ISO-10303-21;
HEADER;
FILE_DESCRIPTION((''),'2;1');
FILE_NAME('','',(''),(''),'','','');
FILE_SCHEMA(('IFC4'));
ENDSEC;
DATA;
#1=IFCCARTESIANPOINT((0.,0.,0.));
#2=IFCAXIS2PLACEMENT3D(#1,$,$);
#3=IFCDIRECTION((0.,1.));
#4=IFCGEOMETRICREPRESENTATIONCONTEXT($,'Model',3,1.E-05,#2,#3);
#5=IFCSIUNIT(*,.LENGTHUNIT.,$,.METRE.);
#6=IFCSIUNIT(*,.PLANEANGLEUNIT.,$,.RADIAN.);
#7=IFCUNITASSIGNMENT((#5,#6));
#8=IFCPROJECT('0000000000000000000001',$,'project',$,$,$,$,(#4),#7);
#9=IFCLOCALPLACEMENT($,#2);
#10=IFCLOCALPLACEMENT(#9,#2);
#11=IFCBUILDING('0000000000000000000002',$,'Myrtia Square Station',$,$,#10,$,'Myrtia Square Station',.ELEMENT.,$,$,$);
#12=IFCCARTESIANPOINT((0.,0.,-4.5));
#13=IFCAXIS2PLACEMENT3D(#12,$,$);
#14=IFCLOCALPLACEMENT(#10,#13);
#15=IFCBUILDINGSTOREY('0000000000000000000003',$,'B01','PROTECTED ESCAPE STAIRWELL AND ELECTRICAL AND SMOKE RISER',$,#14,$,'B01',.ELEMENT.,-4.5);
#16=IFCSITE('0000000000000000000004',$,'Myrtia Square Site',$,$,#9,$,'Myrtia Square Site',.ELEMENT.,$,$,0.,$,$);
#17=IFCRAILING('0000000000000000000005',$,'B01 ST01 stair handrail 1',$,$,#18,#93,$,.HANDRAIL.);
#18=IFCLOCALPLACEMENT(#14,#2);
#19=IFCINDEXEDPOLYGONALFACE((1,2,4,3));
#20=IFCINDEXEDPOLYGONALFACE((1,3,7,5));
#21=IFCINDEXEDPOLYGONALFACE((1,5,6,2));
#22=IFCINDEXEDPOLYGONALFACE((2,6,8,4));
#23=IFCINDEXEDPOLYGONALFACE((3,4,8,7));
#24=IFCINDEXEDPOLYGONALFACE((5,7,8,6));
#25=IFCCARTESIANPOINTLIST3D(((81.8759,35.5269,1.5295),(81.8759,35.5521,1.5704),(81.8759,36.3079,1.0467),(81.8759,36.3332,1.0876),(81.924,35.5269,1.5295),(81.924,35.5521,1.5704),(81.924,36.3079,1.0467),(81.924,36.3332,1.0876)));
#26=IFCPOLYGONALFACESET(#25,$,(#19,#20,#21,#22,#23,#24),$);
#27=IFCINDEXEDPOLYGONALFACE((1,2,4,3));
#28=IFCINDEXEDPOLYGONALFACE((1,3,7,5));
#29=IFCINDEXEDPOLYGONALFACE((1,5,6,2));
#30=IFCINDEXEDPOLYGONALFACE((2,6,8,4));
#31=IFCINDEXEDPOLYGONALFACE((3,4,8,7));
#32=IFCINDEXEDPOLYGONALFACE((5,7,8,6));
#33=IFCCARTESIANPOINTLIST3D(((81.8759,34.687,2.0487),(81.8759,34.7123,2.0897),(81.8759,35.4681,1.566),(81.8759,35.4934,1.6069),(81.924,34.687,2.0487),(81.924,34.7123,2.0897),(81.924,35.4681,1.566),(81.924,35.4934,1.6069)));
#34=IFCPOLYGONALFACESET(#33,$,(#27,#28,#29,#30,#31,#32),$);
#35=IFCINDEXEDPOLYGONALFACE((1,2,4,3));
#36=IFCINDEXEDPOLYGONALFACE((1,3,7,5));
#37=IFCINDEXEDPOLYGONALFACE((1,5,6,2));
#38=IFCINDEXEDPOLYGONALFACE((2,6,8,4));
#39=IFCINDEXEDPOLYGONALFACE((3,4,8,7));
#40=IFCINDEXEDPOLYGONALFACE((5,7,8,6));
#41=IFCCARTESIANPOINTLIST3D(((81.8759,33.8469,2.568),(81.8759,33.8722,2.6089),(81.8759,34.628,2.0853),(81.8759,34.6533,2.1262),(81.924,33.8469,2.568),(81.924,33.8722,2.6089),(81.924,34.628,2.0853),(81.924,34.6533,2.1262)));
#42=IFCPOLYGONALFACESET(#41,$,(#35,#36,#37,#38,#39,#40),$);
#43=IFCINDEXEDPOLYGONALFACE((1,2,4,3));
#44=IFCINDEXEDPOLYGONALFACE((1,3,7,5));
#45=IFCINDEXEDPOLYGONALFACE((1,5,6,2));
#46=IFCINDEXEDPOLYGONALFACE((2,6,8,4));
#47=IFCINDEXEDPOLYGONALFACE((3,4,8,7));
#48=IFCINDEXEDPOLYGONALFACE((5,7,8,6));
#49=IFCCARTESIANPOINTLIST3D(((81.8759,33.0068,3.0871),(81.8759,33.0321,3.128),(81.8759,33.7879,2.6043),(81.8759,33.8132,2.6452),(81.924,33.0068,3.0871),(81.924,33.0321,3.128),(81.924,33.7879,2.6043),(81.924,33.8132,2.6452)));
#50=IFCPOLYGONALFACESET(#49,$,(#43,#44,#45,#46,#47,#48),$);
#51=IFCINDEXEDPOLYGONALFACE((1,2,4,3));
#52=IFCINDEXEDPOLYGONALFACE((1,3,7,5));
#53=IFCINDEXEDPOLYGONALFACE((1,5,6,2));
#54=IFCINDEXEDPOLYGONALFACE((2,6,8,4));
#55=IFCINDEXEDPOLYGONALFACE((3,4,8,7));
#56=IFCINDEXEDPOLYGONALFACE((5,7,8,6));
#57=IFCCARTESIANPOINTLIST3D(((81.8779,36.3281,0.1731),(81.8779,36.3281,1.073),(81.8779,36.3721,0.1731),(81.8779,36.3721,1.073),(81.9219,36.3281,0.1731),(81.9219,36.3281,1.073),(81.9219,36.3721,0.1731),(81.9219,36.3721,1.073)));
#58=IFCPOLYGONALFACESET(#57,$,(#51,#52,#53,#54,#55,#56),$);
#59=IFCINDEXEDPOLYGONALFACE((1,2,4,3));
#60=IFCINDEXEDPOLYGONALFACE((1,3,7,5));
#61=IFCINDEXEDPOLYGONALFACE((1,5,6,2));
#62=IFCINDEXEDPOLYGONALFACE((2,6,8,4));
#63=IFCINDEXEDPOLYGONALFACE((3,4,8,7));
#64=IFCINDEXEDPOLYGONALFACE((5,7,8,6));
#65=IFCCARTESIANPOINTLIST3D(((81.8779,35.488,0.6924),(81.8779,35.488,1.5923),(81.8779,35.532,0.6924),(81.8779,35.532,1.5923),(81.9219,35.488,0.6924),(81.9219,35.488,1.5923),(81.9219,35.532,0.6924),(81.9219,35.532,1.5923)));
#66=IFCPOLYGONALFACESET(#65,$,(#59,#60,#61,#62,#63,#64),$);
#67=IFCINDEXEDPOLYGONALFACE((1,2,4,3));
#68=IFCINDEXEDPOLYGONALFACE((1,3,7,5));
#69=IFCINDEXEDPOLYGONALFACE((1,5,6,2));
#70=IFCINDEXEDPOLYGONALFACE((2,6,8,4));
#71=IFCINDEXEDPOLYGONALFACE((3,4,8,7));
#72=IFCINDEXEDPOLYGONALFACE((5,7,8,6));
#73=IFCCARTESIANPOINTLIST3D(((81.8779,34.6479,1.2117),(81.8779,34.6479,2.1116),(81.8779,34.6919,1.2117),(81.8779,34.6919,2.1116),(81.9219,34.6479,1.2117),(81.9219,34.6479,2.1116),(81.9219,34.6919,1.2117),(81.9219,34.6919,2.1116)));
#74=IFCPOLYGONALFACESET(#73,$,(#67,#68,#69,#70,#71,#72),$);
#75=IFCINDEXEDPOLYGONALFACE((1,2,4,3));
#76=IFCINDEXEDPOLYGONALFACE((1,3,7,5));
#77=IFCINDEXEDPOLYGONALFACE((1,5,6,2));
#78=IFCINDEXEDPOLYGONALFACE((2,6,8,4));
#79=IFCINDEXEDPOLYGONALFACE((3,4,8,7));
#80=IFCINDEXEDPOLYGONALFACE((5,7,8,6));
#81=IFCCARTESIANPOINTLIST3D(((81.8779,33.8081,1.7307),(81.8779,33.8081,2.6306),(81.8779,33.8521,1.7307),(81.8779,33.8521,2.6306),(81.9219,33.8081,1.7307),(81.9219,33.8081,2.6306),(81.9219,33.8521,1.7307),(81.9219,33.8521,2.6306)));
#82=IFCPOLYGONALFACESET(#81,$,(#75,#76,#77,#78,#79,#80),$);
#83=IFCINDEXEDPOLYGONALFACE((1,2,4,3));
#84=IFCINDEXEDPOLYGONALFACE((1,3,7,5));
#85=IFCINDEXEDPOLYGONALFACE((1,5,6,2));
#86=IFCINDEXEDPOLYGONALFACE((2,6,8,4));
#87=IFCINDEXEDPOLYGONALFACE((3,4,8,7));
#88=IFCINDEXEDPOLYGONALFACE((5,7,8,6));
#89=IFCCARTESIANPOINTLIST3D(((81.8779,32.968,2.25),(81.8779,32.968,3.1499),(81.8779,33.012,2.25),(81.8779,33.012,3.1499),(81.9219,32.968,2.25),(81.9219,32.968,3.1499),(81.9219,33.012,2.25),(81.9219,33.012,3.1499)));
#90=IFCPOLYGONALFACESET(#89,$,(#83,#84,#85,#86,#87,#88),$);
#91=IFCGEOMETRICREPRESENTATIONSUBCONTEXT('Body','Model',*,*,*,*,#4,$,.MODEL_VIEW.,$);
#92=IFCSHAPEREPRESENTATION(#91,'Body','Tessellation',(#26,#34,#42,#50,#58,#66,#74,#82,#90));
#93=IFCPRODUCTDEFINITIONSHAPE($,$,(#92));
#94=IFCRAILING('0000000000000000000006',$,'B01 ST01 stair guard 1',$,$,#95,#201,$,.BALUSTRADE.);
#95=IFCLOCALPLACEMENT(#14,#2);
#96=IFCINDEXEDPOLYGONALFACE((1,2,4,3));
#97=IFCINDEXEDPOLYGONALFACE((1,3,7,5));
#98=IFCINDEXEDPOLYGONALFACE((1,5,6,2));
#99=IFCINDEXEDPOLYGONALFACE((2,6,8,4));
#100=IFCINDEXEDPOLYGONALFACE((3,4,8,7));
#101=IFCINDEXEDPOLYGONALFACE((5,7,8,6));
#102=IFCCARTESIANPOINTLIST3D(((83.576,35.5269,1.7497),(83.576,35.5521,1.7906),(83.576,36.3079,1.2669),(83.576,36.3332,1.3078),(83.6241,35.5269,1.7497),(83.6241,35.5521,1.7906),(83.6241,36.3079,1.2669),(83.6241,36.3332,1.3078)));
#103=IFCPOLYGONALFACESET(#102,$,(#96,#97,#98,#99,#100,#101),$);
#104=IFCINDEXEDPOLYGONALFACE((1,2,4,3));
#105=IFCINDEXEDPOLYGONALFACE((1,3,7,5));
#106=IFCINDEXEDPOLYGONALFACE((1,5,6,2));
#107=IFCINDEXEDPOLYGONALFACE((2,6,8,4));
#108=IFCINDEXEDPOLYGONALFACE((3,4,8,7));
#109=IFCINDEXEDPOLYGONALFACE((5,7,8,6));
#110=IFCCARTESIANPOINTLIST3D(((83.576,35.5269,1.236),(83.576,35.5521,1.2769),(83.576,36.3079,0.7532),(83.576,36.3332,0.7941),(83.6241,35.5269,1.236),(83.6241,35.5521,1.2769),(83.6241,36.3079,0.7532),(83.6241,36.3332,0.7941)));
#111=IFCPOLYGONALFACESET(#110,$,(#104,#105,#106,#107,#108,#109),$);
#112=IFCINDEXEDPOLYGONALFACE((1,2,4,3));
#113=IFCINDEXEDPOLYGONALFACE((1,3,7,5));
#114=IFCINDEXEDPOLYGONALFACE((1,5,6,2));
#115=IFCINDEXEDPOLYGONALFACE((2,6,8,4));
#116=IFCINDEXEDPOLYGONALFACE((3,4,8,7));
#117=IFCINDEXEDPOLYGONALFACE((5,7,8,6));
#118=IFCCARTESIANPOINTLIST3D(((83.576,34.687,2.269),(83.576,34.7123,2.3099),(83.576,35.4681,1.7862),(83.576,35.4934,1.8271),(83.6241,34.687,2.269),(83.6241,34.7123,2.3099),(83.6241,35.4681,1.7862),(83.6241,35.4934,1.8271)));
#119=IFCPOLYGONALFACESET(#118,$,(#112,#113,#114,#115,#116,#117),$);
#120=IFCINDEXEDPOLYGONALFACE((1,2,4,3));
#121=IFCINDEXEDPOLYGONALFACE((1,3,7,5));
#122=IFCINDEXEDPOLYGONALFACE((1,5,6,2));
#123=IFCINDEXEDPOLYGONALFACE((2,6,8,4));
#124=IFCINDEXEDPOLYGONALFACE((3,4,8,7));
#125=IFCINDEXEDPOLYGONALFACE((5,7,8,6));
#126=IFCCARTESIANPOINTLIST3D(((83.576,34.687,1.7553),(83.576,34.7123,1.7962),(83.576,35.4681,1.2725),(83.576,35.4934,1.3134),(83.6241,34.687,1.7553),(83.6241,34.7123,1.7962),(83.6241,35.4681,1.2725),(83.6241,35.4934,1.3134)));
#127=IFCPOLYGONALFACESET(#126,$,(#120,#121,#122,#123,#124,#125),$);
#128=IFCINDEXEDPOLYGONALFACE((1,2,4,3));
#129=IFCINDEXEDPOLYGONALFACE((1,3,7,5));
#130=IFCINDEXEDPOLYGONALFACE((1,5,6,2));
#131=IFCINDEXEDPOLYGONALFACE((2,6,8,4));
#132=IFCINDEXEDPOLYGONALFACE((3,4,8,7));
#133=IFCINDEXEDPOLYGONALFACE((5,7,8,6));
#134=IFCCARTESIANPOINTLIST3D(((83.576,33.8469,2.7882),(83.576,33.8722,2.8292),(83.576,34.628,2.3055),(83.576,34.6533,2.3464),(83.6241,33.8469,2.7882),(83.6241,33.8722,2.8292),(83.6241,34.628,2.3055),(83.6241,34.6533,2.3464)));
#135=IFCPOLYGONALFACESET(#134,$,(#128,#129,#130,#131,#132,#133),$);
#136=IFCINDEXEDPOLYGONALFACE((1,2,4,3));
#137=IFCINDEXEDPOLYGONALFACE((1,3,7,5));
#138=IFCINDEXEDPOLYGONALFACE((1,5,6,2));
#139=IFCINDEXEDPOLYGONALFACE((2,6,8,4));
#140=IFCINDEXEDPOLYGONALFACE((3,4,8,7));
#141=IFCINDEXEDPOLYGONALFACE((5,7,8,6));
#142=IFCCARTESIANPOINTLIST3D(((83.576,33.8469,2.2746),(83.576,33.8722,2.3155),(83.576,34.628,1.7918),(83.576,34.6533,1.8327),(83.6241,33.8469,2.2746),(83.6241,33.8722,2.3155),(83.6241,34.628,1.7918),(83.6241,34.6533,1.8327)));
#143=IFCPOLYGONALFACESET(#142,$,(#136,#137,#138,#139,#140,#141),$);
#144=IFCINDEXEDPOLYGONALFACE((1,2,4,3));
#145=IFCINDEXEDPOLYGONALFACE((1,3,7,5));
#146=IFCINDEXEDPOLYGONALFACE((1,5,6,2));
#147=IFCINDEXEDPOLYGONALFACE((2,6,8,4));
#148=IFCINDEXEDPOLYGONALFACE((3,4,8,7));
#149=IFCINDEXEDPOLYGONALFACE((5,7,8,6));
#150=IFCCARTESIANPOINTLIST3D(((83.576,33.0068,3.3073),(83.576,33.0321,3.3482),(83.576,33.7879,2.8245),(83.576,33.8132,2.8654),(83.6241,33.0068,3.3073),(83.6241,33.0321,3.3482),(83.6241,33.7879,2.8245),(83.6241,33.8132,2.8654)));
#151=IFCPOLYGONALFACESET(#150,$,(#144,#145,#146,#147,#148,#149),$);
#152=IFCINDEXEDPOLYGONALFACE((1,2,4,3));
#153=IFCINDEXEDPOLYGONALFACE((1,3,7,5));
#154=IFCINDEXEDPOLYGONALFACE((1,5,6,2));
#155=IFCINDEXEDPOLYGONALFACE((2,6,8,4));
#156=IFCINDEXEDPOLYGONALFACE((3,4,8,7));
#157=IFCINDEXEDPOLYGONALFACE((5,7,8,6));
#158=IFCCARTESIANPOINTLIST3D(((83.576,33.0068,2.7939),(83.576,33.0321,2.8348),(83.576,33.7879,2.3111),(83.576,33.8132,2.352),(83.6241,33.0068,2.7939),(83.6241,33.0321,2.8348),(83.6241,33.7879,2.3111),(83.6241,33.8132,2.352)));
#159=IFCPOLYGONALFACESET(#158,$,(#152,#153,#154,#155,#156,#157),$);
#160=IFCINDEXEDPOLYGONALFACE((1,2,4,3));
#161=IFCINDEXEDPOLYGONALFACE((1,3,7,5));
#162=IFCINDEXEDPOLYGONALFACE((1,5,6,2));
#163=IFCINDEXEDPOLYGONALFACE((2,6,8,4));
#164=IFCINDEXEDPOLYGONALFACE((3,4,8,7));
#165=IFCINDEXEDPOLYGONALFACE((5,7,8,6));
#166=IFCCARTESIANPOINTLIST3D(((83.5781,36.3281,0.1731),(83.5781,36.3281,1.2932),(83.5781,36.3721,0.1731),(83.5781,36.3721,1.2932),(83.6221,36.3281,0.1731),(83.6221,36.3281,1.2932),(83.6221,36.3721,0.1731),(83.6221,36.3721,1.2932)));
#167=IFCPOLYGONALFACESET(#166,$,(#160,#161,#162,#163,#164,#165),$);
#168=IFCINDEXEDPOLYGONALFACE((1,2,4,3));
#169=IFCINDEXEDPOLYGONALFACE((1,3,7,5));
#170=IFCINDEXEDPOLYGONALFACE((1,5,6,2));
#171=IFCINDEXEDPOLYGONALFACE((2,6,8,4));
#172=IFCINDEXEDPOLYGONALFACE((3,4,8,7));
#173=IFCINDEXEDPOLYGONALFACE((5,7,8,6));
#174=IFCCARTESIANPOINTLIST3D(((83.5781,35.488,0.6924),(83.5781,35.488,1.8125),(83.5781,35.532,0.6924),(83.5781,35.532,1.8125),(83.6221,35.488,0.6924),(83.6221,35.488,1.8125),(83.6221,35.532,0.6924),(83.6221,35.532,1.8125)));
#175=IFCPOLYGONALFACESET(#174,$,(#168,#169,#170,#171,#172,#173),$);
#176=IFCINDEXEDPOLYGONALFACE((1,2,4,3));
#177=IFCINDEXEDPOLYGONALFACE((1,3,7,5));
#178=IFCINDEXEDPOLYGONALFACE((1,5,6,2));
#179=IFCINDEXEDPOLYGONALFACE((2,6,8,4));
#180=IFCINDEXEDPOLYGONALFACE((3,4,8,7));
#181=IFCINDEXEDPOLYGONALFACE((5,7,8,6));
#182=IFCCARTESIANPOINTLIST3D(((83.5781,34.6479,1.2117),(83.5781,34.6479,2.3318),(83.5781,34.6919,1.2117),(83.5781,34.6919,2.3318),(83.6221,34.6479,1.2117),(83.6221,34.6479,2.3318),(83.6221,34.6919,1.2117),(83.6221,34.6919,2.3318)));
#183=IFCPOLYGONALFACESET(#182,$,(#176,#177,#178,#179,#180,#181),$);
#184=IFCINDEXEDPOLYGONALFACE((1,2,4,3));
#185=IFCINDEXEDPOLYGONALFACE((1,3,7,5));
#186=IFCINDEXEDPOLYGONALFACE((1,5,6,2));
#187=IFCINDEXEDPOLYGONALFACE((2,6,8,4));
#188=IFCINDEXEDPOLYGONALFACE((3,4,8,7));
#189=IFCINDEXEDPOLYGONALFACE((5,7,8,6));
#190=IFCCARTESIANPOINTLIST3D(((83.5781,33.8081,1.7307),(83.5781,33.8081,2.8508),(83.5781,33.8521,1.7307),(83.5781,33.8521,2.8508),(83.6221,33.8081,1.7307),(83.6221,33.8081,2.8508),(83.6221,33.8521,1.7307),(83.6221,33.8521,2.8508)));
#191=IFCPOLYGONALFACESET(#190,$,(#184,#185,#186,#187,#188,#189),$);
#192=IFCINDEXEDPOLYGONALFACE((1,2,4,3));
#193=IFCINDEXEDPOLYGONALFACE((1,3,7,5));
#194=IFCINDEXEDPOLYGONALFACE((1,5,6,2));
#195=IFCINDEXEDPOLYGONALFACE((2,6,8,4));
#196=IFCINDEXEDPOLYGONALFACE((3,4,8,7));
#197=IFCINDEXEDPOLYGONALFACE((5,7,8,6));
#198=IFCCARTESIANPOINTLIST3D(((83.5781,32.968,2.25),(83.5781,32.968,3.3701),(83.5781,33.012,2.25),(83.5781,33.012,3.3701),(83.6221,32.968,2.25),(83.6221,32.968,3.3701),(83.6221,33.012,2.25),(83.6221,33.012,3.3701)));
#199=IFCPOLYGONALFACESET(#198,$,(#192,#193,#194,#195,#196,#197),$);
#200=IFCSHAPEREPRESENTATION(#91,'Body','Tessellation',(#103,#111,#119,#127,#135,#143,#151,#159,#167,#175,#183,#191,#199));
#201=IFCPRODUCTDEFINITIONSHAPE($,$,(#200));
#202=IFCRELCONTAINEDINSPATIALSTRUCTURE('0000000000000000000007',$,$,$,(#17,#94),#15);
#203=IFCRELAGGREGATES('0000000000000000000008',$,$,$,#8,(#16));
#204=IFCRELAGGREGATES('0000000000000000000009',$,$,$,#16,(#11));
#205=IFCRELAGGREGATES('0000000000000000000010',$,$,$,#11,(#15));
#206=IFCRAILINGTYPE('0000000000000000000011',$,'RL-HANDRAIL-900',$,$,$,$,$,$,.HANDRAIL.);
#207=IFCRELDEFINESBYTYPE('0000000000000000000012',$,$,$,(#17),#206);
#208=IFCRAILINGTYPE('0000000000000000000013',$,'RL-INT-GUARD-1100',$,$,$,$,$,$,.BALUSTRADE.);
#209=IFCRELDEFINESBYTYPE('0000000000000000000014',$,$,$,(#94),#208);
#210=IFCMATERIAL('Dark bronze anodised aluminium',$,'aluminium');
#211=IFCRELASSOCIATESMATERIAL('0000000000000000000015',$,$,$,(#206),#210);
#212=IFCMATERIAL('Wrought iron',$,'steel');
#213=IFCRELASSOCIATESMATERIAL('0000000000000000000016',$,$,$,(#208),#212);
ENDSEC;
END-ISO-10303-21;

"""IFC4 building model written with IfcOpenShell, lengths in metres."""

from ifc_helpers import new_model, si_unit, direction, frame, origin, origin_2d, place, context, subcontext, project, spatial, rectangle, extrude, material, type_object, element, save


model = new_model("IFC4")

# Units and contexts
model_context = context("Model", 3, precision=1e-05, world=origin(), true_north=direction((0.0, 1.0)))
body_context = subcontext(model_context, "Body", "Model", "MODEL_VIEW")
ifc_project = project(units=[si_unit("LENGTHUNIT", "METRE"), si_unit("PLANEANGLEUNIT", "RADIAN")], contexts=[model_context])

# Site, building, storey
site_placement = place(None, origin())
site = spatial("IfcSite", under=ifc_project, at=site_placement, Name="Myrtia Square Site", LongName="Myrtia Square Site", CompositionType="ELEMENT", RefElevation=0.0)
building_placement = place(site_placement, origin())
building = spatial("IfcBuilding", under=site, at=building_placement, Name="Myrtia Square Station", LongName="Myrtia Square Station", CompositionType="ELEMENT")
storey_placement = place(building_placement, frame((0.0, 0.0, -4.5)))
storey = spatial("IfcBuildingStorey", under=building, at=storey_placement, Name="B01", Description="PROTECTED ESCAPE STAIRWELL AND ELECTRICAL AND SMOKE RISER", LongName="B01", CompositionType="ELEMENT", Elevation=-4.5)

# Shared definitions
ifc_material_1 = material(Name="Dark bronze anodised aluminium", Category="aluminium")

# Railings
railing_type_1 = type_object("IfcRailingType", Name="RL-HANDRAIL-900", PredefinedType="HANDRAIL", material=ifc_material_1)
railing_1_placement = place(storey_placement, frame((81.8999, 36.3501, 0.1731)))
element("IfcRailing", 1, at=railing_1_placement, inside=storey, type_object=railing_type_1, Name="B01 ST01 stair handrail 1", PredefinedType="HANDRAIL", context=body_context, shape_type="SweptSolid", body=[
    extrude(rectangle(XDim=0.0481, YDim=0.0481, at=origin_2d()), frame((0.0, -0.0295, 0.894), z_axis=(0.0, -0.850623, 0.525776), x_axis=(1.0, 0.0, 0.0)), (0.0, 0.0, 1.0), 0.9182),
    extrude(rectangle(XDim=0.0481, YDim=0.0481, at=origin_2d()), frame((0.0, -0.8694, 1.4133), z_axis=(0.0, -0.850623, 0.525776), x_axis=(1.0, 0.0, 0.0)), (0.0, 0.0, 1.0), 0.9182),
    extrude(rectangle(XDim=0.0481, YDim=0.0481, at=origin_2d()), frame((0.0, -1.7095, 1.9326), z_axis=(0.0, -0.850623, 0.525776), x_axis=(1.0, 0.0, 0.0)), (0.0, 0.0, 1.0), 0.9182),
    extrude(rectangle(XDim=0.0481, YDim=0.0481, at=origin_2d()), frame((0.0, -2.5496, 2.4517), z_axis=(0.0, -0.850623, 0.525776), x_axis=(1.0, 0.0, 0.0)), (0.0, 0.0, 1.0), 0.9182),
    extrude(rectangle(XDim=0.0439, YDim=0.0439, at=origin_2d()), origin(), (0.0, 0.0, 1.0), 0.8999),
    extrude(rectangle(XDim=0.0439, YDim=0.0439, at=origin_2d()), frame((0.0, -0.8401, 0.5193)), (0.0, 0.0, 1.0), 0.8999),
    extrude(rectangle(XDim=0.0439, YDim=0.0439, at=origin_2d()), frame((0.0, -1.6802, 1.0386)), (0.0, 0.0, 1.0), 0.8999),
    extrude(rectangle(XDim=0.0439, YDim=0.0439, at=origin_2d()), frame((0.0, -2.52, 1.5576)), (0.0, 0.0, 1.0), 0.8999),
    extrude(rectangle(XDim=0.0439, YDim=0.0439, at=origin_2d()), frame((0.0, -3.3601, 2.0769)), (0.0, 0.0, 1.0), 0.8999),
])
ifc_material_2 = material(Name="Wrought iron", Category="steel")
railing_type_2 = type_object("IfcRailingType", Name="RL-INT-GUARD-1100", PredefinedType="BALUSTRADE", material=ifc_material_2)
railing_2_placement = place(storey_placement, frame((83.6001, 36.3501, 0.1731)))
element("IfcRailing", 2, at=railing_2_placement, inside=storey, type_object=railing_type_2, Name="B01 ST01 stair guard 1", PredefinedType="BALUSTRADE", context=body_context, shape_type="SweptSolid", body=[
    extrude(rectangle(XDim=0.0481, YDim=0.0481, at=origin_2d()), frame((0.0, -0.0295, 1.1143), z_axis=(0.0, -0.850623, 0.525776), x_axis=(1.0, 0.0, 0.0)), (0.0, 0.0, 1.0), 0.9182),
    extrude(rectangle(XDim=0.0481, YDim=0.0481, at=origin_2d()), frame((0.0, -0.0295, 0.6006), z_axis=(0.0, -0.850623, 0.525776), x_axis=(1.0, 0.0, 0.0)), (0.0, 0.0, 1.0), 0.9182),
    extrude(rectangle(XDim=0.0481, YDim=0.0481, at=origin_2d()), frame((0.0, -0.8694, 1.6335), z_axis=(0.0, -0.850623, 0.525776), x_axis=(1.0, 0.0, 0.0)), (0.0, 0.0, 1.0), 0.9182),
    extrude(rectangle(XDim=0.0481, YDim=0.0481, at=origin_2d()), frame((0.0, -0.8694, 1.1199), z_axis=(0.0, -0.850623, 0.525776), x_axis=(1.0, 0.0, 0.0)), (0.0, 0.0, 1.0), 0.9182),
    extrude(rectangle(XDim=0.0481, YDim=0.0481, at=origin_2d()), frame((0.0, -1.7095, 2.1528), z_axis=(0.0, -0.850623, 0.525776), x_axis=(1.0, 0.0, 0.0)), (0.0, 0.0, 1.0), 0.9182),
    extrude(rectangle(XDim=0.0481, YDim=0.0481, at=origin_2d()), frame((0.0, -1.7095, 1.6392), z_axis=(0.0, -0.850623, 0.525776), x_axis=(1.0, 0.0, 0.0)), (0.0, 0.0, 1.0), 0.9182),
    extrude(rectangle(XDim=0.0481, YDim=0.0481, at=origin_2d()), frame((0.0, -2.5496, 2.6719), z_axis=(0.0, -0.850623, 0.525776), x_axis=(1.0, 0.0, 0.0)), (0.0, 0.0, 1.0), 0.9182),
    extrude(rectangle(XDim=0.0481, YDim=0.0481, at=origin_2d()), frame((0.0, -2.5496, 2.1584), z_axis=(0.0, -0.850623, 0.525776), x_axis=(1.0, 0.0, 0.0)), (0.0, 0.0, 1.0), 0.9182),
    extrude(rectangle(XDim=0.0439, YDim=0.0439, at=origin_2d()), origin(), (0.0, 0.0, 1.0), 1.1201),
    extrude(rectangle(XDim=0.0439, YDim=0.0439, at=origin_2d()), frame((0.0, -0.8401, 0.5193)), (0.0, 0.0, 1.0), 1.1201),
    extrude(rectangle(XDim=0.0439, YDim=0.0439, at=origin_2d()), frame((0.0, -1.6802, 1.0386)), (0.0, 0.0, 1.0), 1.1201),
    extrude(rectangle(XDim=0.0439, YDim=0.0439, at=origin_2d()), frame((0.0, -2.52, 1.5576)), (0.0, 0.0, 1.0), 1.1201),
    extrude(rectangle(XDim=0.0439, YDim=0.0439, at=origin_2d()), frame((0.0, -3.3601, 2.0769)), (0.0, 0.0, 1.0), 1.1201),
])

save(model, "model.ifc")
